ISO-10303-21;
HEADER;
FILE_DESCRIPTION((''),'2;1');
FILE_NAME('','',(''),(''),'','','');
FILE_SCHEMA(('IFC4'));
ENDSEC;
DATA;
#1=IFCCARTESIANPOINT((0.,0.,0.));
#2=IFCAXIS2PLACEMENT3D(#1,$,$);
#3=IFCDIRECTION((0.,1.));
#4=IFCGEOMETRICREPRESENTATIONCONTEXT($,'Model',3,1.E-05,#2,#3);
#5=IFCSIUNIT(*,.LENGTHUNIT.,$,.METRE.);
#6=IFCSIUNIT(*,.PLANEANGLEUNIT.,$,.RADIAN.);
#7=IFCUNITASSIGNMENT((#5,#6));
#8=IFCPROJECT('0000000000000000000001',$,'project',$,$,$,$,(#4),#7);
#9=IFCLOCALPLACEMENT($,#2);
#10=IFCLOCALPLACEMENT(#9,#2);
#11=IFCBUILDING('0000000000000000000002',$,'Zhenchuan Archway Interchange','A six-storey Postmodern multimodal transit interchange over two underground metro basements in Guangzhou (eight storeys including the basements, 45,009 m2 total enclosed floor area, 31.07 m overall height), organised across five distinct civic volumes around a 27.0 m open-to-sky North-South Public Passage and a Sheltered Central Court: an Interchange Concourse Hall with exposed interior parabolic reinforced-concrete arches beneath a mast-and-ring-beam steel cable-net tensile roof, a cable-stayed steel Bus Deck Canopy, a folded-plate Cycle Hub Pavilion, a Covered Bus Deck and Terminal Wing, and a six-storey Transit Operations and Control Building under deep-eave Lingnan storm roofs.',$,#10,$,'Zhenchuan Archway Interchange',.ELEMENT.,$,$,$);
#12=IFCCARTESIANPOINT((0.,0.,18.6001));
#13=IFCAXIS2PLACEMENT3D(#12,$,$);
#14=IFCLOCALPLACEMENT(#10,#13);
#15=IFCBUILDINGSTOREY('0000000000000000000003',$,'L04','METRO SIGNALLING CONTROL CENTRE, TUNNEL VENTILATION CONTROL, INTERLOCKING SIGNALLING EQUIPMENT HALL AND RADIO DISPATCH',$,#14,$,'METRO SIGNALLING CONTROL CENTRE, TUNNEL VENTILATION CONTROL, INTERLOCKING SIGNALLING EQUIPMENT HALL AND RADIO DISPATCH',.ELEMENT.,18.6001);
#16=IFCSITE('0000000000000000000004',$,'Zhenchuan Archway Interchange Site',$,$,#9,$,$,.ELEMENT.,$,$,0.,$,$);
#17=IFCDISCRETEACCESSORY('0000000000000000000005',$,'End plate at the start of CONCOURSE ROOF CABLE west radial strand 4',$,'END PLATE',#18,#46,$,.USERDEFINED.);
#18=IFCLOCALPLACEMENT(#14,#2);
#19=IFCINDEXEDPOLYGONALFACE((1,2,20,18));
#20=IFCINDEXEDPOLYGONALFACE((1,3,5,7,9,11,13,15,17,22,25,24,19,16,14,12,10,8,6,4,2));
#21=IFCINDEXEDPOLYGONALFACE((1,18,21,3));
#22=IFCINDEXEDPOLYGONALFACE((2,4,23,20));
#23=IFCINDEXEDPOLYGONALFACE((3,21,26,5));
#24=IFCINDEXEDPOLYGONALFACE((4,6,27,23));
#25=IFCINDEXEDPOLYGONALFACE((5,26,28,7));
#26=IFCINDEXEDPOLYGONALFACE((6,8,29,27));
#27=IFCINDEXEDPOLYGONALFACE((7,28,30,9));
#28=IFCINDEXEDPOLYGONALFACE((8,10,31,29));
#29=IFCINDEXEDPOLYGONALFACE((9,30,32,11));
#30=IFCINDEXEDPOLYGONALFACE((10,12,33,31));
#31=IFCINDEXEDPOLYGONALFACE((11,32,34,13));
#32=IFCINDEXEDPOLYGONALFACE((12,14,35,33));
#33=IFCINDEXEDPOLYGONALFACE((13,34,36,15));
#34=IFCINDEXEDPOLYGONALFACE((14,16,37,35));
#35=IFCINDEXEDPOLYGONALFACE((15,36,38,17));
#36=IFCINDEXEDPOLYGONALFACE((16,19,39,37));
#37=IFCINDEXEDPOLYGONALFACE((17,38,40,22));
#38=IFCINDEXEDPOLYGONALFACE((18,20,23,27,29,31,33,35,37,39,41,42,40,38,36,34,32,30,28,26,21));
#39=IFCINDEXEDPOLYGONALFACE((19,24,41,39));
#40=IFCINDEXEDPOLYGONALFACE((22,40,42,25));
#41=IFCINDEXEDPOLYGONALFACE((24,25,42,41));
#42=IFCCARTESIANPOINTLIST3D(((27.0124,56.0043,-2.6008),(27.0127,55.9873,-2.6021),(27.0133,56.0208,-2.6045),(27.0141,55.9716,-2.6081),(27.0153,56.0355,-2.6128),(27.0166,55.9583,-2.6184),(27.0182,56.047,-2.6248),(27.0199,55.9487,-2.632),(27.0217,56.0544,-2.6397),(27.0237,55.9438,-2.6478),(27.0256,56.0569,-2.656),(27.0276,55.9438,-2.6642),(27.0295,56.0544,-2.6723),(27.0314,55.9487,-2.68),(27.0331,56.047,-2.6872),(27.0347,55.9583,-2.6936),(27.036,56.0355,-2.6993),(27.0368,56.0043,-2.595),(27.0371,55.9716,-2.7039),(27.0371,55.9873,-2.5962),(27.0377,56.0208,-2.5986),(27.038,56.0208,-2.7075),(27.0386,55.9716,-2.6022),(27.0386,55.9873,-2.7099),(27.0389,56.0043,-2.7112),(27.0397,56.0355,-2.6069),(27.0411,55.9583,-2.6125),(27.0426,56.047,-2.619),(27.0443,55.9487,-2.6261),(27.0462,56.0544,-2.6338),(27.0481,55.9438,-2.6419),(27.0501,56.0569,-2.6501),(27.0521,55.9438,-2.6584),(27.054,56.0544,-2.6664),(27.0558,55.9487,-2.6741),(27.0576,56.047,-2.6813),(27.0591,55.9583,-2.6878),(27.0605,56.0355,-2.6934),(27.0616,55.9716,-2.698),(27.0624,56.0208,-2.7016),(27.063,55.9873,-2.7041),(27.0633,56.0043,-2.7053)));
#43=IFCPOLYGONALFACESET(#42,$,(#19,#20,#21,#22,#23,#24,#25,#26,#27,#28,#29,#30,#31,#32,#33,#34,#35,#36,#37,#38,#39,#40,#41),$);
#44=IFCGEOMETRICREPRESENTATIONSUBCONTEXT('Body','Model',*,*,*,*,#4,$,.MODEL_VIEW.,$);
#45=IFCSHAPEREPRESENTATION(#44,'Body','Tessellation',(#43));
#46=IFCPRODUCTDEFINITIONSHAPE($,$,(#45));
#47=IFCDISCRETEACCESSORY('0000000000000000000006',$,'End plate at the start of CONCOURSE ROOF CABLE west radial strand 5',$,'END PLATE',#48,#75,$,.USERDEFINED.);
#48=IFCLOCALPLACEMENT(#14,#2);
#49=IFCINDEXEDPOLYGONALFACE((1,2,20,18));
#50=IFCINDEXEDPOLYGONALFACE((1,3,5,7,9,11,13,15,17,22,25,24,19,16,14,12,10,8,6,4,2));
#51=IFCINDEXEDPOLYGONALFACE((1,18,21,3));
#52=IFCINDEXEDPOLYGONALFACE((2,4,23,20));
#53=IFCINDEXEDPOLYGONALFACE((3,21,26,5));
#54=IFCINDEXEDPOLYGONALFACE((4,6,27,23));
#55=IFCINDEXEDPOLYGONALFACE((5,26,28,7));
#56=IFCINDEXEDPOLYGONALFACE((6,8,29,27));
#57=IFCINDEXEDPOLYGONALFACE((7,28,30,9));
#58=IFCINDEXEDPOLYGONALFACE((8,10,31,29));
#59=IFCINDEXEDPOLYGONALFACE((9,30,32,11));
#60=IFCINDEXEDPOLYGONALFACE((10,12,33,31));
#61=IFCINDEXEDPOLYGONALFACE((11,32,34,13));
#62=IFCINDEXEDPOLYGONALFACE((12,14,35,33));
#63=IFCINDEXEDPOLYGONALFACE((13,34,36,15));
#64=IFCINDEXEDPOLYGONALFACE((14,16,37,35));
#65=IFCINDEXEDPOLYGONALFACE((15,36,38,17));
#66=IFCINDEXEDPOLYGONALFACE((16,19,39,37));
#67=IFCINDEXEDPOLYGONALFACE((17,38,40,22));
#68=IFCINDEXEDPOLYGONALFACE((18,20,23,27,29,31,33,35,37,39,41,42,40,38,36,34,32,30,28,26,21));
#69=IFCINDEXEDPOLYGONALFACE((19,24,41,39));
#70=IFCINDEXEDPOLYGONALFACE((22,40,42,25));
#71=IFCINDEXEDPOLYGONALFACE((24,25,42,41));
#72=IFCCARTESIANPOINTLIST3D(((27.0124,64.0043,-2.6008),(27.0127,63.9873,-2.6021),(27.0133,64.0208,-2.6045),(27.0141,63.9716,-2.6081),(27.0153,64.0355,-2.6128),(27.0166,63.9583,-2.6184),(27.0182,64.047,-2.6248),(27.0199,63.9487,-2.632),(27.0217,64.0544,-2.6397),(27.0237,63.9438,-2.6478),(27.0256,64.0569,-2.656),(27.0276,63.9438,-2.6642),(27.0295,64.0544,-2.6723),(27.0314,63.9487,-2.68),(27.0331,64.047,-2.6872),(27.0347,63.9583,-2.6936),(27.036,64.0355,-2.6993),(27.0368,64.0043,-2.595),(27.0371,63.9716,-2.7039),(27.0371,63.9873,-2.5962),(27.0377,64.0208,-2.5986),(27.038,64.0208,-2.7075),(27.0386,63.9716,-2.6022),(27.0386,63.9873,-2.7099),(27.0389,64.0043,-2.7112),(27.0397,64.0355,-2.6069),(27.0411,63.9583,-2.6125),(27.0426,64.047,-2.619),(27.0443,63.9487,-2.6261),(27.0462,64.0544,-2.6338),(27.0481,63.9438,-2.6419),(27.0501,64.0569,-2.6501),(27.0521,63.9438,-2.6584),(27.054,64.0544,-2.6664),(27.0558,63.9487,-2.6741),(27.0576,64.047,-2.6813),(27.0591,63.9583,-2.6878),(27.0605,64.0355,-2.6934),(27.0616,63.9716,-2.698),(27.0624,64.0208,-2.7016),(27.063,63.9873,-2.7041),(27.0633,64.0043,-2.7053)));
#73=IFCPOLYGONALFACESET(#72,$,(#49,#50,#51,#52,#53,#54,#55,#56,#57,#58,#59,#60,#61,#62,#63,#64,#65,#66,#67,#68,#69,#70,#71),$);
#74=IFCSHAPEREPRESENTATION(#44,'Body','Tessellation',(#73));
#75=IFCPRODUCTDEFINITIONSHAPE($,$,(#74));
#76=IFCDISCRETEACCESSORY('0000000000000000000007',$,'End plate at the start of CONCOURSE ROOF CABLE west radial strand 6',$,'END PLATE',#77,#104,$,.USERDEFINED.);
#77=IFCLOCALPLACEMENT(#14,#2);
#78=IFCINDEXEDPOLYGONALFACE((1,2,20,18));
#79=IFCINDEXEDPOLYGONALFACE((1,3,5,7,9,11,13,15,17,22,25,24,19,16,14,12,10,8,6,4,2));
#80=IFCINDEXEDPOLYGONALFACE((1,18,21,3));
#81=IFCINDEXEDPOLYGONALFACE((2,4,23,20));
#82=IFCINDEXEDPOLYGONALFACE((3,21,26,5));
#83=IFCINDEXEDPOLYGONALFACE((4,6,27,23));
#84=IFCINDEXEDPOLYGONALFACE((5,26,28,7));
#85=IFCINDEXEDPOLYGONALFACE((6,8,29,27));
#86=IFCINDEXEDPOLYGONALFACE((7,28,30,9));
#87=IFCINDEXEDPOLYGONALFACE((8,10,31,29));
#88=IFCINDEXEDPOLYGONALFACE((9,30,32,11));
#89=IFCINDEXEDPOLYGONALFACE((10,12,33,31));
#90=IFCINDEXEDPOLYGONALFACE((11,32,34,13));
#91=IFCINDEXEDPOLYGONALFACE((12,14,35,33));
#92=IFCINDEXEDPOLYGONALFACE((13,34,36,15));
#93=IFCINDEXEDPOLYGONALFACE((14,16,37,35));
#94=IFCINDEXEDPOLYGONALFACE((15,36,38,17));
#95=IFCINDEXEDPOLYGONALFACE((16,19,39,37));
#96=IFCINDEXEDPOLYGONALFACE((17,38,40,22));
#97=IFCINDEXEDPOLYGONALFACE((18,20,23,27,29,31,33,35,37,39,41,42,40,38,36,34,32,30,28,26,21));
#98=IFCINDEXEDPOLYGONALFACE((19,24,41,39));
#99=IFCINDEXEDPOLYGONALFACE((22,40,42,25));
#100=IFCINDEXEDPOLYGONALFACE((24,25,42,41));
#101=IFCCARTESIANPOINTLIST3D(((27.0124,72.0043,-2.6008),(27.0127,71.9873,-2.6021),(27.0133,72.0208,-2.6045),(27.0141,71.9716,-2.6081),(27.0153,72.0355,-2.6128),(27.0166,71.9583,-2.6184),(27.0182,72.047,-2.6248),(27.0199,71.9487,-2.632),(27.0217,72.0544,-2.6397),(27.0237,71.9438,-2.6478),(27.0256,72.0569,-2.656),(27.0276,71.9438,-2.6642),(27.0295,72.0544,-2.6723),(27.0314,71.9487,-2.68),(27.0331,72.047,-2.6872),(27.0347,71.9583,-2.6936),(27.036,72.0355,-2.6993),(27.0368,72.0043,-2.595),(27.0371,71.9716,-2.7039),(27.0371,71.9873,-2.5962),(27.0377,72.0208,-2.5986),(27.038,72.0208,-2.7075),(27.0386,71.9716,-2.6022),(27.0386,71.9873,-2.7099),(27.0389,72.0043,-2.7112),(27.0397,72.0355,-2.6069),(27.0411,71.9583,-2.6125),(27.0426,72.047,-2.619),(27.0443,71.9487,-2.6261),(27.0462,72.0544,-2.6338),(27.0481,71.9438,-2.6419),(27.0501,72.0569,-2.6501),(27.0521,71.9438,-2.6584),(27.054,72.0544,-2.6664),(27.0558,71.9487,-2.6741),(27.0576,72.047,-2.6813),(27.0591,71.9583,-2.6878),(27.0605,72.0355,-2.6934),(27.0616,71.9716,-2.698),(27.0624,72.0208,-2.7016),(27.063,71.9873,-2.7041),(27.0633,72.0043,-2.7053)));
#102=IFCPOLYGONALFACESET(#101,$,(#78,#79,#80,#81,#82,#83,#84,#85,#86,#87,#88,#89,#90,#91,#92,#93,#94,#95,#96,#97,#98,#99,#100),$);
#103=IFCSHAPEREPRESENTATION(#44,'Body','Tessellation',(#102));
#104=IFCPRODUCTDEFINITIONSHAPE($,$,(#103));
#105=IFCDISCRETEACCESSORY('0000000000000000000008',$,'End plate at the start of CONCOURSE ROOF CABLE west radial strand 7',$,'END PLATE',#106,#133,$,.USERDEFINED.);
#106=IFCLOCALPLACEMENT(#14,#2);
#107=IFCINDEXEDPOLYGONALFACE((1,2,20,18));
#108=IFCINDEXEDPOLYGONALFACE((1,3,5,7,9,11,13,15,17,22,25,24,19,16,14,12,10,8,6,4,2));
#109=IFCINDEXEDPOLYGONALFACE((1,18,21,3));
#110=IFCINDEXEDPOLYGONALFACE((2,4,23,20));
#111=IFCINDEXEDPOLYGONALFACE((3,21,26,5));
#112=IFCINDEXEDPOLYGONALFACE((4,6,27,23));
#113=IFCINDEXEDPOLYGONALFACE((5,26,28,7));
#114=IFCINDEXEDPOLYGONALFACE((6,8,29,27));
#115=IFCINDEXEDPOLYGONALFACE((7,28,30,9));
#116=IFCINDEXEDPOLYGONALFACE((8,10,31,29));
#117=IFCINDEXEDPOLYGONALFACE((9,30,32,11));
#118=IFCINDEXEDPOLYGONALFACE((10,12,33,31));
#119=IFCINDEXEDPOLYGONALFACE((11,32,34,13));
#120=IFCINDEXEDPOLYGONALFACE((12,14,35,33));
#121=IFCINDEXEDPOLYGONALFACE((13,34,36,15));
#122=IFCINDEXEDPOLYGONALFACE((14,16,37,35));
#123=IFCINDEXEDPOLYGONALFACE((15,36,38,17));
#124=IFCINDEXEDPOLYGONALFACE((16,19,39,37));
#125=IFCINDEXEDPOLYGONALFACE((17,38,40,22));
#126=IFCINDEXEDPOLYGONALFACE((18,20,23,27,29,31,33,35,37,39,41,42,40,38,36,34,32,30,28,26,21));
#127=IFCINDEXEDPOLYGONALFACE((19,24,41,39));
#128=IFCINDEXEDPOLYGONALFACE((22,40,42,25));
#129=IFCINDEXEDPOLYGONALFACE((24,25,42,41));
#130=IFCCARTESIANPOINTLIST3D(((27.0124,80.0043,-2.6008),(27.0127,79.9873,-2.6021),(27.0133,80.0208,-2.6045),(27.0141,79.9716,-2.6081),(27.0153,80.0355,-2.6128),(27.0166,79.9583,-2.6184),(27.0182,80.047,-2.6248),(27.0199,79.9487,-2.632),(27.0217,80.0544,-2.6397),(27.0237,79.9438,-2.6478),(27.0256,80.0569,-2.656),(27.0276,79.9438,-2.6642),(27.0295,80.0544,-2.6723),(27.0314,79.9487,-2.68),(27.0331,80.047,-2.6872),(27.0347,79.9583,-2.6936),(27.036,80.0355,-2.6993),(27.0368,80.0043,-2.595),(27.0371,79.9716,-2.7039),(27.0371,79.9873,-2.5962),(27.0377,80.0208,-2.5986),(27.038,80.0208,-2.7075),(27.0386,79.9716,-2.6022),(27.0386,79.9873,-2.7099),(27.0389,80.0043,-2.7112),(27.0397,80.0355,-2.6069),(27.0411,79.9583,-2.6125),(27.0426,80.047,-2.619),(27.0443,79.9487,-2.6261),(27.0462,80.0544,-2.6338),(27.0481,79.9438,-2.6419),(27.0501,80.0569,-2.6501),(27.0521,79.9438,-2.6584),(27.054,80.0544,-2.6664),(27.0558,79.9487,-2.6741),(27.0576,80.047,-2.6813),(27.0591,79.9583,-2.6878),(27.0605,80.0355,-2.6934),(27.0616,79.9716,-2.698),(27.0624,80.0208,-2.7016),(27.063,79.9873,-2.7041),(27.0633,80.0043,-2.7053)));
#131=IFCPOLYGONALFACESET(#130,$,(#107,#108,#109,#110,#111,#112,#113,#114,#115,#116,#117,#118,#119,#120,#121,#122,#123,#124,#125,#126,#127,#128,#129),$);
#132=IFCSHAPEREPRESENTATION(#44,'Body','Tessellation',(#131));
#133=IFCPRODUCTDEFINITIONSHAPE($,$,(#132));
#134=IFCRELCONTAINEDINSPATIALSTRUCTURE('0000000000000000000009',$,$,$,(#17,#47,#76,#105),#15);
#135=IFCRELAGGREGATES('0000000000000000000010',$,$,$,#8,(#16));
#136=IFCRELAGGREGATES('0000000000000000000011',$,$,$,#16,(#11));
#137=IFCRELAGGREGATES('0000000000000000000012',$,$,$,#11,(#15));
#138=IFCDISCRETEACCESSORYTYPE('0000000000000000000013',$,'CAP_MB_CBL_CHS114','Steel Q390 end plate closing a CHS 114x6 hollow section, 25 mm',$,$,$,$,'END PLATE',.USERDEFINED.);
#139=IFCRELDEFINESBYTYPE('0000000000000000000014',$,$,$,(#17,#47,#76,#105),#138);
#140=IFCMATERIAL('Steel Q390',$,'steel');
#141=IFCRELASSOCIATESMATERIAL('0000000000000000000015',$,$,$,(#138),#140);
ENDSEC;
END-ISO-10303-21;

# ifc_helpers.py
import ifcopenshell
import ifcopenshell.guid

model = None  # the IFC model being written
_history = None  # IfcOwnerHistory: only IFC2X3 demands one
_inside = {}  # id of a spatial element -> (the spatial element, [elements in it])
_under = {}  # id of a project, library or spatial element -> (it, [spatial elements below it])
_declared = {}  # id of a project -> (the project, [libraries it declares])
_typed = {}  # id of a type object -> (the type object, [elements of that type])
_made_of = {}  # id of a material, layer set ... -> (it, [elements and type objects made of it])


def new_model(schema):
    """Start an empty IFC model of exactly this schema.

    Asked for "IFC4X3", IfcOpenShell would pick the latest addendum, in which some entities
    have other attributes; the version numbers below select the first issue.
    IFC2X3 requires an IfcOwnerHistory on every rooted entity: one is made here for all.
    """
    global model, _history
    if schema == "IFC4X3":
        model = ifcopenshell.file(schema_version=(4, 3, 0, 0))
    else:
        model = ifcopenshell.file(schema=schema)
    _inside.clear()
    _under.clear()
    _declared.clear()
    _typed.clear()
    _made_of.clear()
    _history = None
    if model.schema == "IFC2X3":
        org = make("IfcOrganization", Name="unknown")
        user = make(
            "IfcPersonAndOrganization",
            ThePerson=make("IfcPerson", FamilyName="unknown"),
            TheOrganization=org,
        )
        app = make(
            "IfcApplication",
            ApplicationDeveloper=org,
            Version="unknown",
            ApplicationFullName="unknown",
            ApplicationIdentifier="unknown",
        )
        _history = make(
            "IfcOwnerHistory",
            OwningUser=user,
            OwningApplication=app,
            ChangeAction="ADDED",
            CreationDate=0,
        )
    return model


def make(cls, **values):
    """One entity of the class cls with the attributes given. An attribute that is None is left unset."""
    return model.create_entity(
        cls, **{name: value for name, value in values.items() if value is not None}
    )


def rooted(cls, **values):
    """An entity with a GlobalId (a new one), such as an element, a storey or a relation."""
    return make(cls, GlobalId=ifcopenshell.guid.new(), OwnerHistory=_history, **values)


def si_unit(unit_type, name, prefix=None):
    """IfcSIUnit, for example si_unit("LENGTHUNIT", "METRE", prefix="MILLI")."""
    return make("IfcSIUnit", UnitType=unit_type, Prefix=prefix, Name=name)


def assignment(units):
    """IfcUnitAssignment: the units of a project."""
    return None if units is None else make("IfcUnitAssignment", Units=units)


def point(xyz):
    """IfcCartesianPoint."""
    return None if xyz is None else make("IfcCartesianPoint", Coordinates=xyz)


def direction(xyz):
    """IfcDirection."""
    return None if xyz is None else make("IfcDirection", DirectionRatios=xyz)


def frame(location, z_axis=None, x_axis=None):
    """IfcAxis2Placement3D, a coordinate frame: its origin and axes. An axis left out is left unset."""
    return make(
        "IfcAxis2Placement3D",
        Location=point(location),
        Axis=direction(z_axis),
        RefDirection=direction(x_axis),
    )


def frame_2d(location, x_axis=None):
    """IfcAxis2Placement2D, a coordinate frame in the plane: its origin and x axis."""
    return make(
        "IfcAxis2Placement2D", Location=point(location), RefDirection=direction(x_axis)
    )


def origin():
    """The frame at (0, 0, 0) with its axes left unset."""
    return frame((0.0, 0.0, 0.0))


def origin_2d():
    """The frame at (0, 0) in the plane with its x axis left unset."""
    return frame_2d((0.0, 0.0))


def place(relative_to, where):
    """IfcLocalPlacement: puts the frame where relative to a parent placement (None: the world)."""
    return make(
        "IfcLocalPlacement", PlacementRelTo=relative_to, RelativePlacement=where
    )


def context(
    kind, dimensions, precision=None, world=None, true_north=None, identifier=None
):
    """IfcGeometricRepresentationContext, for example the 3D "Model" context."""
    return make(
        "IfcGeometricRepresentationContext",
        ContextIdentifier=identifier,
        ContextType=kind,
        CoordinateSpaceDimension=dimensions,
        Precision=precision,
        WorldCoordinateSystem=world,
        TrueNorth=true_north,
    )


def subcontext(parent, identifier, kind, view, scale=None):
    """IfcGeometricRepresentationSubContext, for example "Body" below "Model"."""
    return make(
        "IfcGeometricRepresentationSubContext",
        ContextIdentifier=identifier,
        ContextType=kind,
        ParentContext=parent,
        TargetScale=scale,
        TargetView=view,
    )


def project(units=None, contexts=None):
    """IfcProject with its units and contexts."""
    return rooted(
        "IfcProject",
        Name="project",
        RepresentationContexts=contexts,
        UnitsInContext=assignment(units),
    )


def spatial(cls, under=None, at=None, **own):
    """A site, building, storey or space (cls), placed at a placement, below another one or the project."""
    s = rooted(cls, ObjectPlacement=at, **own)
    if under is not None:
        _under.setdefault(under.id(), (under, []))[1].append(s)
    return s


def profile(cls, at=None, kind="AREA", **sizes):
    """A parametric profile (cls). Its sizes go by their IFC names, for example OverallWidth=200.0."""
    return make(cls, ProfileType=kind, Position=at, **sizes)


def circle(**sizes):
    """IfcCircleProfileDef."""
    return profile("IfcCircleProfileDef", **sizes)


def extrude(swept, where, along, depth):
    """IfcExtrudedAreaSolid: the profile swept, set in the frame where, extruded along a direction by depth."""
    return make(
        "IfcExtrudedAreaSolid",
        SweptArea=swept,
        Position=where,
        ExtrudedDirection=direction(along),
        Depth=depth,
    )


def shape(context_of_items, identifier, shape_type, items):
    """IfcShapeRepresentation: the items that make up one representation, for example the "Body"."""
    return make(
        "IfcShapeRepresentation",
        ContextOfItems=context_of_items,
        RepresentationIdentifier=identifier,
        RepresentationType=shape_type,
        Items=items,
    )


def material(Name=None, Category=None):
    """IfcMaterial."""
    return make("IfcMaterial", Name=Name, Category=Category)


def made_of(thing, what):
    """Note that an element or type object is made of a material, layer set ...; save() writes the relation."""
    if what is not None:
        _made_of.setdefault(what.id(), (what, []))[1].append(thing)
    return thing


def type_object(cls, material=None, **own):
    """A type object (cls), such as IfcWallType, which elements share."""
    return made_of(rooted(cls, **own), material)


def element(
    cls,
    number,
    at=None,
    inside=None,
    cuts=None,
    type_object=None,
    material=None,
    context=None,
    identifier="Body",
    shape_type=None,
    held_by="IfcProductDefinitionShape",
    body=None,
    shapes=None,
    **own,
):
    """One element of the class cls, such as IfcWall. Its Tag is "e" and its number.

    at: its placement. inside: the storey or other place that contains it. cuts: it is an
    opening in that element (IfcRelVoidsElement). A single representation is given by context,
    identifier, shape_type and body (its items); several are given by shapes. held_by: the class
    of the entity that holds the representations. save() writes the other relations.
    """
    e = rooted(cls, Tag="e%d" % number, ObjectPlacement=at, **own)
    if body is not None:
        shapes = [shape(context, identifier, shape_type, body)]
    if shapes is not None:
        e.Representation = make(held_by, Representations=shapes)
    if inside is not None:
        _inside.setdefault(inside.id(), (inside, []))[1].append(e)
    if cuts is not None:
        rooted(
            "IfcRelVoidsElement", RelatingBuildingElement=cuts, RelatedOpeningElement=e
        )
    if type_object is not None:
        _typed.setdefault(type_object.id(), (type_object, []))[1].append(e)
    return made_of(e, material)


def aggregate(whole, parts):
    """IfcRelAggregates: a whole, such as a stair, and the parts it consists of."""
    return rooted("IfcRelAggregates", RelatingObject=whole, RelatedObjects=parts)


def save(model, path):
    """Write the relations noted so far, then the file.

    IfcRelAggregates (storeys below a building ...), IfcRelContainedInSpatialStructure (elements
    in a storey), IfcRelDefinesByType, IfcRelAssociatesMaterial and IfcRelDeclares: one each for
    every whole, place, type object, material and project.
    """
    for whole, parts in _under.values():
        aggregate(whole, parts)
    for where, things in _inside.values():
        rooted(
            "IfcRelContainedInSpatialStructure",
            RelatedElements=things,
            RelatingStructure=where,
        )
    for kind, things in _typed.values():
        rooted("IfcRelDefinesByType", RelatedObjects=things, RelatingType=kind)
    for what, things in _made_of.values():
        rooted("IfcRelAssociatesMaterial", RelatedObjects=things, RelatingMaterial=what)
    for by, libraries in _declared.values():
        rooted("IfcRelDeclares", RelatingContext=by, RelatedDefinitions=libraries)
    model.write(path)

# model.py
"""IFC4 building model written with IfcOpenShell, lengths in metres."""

from ifc_helpers import new_model, si_unit, direction, frame, origin, origin_2d, place, context, subcontext, project, spatial, circle, extrude, material, type_object, element, save


model = new_model("IFC4")

# Units and contexts
model_context = context("Model", 3, precision=1e-05, world=origin(), true_north=direction((0.0, 1.0)))
body_context = subcontext(model_context, "Body", "Model", "MODEL_VIEW")
ifc_project = project(units=[si_unit("LENGTHUNIT", "METRE"), si_unit("PLANEANGLEUNIT", "RADIAN")], contexts=[model_context])

# Site, building, storey
site_placement = place(None, origin())
site = spatial("IfcSite", under=ifc_project, at=site_placement, Name="Zhenchuan Archway Interchange Site", CompositionType="ELEMENT", RefElevation=0.0)
building_placement = place(site_placement, origin())
building = spatial("IfcBuilding", under=site, at=building_placement, Name="Zhenchuan Archway Interchange", Description="A six-storey Postmodern multimodal transit interchange over two underground metro basements in Guangzhou (eight storeys including the basements, 45,009 m2 total enclosed floor area, 31.07 m overall height), organised across five distinct civic volumes around a 27.0 m open-to-sky North-South Public Passage and a Sheltered Central Court: an Interchange Concourse Hall with exposed interior parabolic reinforced-concrete arches beneath a mast-and-ring-beam steel cable-net tensile roof, a cable-stayed steel Bus Deck Canopy, a folded-plate Cycle Hub Pavilion, a Covered Bus Deck and Terminal Wing, and a six-storey Transit Operations and Control Building under deep-eave Lingnan storm roofs.", LongName="Zhenchuan Archway Interchange", CompositionType="ELEMENT")
storey_placement = place(building_placement, frame((0.0, 0.0, 18.6001)))
storey = spatial("IfcBuildingStorey", under=building, at=storey_placement, Name="L04", Description="METRO SIGNALLING CONTROL CENTRE, TUNNEL VENTILATION CONTROL, INTERLOCKING SIGNALLING EQUIPMENT HALL AND RADIO DISPATCH", LongName="METRO SIGNALLING CONTROL CENTRE, TUNNEL VENTILATION CONTROL, INTERLOCKING SIGNALLING EQUIPMENT HALL AND RADIO DISPATCH", CompositionType="ELEMENT", Elevation=18.6001)

# Shared definitions
ifc_material_1 = material(Name="Steel Q390", Category="steel")

# Discrete accessories
discrete_accessory_type = type_object("IfcDiscreteAccessoryType", Name="CAP_MB_CBL_CHS114", Description="Steel Q390 end plate closing a CHS 114x6 hollow section, 25 mm", ElementType="END PLATE", PredefinedType="USERDEFINED", material=ifc_material_1)
for number, where, z_axis, x_axis, name in (
    (1, (27.0256, 56.0, -2.656), (0.972387, 0.0, 0.233373), (0.0, 1.0, 0.0), "End plate at the start of CONCOURSE ROOF CABLE west radial strand 4"),
    (2, (27.0256, 64.0, -2.656), (0.972387, 0.0, 0.233373), (0.0, 1.0, 0.0), "End plate at the start of CONCOURSE ROOF CABLE west radial strand 5"),
    (3, (27.0256, 72.0, -2.656), (0.972387, 0.0, 0.233373), (0.0, 1.0, 0.0), "End plate at the start of CONCOURSE ROOF CABLE west radial strand 6"),
    (4, (27.0256, 80.0, -2.656), (0.972387, 0.0, 0.233373), (0.0, 1.0, 0.0), "End plate at the start of CONCOURSE ROOF CABLE west radial strand 7"),
):
    element("IfcDiscreteAccessory", number, at=place(storey_placement, frame(where, z_axis=z_axis, x_axis=x_axis)), inside=storey, type_object=discrete_accessory_type, Name=name, ObjectType="END PLATE", PredefinedType="USERDEFINED", context=body_context, shape_type="SweptSolid", body=[
        extrude(circle(Radius=0.0569, at=origin_2d()), origin(), (0.0, 0.0, 1.0), 0.0251),
    ])

save(model, "model.ifc")
